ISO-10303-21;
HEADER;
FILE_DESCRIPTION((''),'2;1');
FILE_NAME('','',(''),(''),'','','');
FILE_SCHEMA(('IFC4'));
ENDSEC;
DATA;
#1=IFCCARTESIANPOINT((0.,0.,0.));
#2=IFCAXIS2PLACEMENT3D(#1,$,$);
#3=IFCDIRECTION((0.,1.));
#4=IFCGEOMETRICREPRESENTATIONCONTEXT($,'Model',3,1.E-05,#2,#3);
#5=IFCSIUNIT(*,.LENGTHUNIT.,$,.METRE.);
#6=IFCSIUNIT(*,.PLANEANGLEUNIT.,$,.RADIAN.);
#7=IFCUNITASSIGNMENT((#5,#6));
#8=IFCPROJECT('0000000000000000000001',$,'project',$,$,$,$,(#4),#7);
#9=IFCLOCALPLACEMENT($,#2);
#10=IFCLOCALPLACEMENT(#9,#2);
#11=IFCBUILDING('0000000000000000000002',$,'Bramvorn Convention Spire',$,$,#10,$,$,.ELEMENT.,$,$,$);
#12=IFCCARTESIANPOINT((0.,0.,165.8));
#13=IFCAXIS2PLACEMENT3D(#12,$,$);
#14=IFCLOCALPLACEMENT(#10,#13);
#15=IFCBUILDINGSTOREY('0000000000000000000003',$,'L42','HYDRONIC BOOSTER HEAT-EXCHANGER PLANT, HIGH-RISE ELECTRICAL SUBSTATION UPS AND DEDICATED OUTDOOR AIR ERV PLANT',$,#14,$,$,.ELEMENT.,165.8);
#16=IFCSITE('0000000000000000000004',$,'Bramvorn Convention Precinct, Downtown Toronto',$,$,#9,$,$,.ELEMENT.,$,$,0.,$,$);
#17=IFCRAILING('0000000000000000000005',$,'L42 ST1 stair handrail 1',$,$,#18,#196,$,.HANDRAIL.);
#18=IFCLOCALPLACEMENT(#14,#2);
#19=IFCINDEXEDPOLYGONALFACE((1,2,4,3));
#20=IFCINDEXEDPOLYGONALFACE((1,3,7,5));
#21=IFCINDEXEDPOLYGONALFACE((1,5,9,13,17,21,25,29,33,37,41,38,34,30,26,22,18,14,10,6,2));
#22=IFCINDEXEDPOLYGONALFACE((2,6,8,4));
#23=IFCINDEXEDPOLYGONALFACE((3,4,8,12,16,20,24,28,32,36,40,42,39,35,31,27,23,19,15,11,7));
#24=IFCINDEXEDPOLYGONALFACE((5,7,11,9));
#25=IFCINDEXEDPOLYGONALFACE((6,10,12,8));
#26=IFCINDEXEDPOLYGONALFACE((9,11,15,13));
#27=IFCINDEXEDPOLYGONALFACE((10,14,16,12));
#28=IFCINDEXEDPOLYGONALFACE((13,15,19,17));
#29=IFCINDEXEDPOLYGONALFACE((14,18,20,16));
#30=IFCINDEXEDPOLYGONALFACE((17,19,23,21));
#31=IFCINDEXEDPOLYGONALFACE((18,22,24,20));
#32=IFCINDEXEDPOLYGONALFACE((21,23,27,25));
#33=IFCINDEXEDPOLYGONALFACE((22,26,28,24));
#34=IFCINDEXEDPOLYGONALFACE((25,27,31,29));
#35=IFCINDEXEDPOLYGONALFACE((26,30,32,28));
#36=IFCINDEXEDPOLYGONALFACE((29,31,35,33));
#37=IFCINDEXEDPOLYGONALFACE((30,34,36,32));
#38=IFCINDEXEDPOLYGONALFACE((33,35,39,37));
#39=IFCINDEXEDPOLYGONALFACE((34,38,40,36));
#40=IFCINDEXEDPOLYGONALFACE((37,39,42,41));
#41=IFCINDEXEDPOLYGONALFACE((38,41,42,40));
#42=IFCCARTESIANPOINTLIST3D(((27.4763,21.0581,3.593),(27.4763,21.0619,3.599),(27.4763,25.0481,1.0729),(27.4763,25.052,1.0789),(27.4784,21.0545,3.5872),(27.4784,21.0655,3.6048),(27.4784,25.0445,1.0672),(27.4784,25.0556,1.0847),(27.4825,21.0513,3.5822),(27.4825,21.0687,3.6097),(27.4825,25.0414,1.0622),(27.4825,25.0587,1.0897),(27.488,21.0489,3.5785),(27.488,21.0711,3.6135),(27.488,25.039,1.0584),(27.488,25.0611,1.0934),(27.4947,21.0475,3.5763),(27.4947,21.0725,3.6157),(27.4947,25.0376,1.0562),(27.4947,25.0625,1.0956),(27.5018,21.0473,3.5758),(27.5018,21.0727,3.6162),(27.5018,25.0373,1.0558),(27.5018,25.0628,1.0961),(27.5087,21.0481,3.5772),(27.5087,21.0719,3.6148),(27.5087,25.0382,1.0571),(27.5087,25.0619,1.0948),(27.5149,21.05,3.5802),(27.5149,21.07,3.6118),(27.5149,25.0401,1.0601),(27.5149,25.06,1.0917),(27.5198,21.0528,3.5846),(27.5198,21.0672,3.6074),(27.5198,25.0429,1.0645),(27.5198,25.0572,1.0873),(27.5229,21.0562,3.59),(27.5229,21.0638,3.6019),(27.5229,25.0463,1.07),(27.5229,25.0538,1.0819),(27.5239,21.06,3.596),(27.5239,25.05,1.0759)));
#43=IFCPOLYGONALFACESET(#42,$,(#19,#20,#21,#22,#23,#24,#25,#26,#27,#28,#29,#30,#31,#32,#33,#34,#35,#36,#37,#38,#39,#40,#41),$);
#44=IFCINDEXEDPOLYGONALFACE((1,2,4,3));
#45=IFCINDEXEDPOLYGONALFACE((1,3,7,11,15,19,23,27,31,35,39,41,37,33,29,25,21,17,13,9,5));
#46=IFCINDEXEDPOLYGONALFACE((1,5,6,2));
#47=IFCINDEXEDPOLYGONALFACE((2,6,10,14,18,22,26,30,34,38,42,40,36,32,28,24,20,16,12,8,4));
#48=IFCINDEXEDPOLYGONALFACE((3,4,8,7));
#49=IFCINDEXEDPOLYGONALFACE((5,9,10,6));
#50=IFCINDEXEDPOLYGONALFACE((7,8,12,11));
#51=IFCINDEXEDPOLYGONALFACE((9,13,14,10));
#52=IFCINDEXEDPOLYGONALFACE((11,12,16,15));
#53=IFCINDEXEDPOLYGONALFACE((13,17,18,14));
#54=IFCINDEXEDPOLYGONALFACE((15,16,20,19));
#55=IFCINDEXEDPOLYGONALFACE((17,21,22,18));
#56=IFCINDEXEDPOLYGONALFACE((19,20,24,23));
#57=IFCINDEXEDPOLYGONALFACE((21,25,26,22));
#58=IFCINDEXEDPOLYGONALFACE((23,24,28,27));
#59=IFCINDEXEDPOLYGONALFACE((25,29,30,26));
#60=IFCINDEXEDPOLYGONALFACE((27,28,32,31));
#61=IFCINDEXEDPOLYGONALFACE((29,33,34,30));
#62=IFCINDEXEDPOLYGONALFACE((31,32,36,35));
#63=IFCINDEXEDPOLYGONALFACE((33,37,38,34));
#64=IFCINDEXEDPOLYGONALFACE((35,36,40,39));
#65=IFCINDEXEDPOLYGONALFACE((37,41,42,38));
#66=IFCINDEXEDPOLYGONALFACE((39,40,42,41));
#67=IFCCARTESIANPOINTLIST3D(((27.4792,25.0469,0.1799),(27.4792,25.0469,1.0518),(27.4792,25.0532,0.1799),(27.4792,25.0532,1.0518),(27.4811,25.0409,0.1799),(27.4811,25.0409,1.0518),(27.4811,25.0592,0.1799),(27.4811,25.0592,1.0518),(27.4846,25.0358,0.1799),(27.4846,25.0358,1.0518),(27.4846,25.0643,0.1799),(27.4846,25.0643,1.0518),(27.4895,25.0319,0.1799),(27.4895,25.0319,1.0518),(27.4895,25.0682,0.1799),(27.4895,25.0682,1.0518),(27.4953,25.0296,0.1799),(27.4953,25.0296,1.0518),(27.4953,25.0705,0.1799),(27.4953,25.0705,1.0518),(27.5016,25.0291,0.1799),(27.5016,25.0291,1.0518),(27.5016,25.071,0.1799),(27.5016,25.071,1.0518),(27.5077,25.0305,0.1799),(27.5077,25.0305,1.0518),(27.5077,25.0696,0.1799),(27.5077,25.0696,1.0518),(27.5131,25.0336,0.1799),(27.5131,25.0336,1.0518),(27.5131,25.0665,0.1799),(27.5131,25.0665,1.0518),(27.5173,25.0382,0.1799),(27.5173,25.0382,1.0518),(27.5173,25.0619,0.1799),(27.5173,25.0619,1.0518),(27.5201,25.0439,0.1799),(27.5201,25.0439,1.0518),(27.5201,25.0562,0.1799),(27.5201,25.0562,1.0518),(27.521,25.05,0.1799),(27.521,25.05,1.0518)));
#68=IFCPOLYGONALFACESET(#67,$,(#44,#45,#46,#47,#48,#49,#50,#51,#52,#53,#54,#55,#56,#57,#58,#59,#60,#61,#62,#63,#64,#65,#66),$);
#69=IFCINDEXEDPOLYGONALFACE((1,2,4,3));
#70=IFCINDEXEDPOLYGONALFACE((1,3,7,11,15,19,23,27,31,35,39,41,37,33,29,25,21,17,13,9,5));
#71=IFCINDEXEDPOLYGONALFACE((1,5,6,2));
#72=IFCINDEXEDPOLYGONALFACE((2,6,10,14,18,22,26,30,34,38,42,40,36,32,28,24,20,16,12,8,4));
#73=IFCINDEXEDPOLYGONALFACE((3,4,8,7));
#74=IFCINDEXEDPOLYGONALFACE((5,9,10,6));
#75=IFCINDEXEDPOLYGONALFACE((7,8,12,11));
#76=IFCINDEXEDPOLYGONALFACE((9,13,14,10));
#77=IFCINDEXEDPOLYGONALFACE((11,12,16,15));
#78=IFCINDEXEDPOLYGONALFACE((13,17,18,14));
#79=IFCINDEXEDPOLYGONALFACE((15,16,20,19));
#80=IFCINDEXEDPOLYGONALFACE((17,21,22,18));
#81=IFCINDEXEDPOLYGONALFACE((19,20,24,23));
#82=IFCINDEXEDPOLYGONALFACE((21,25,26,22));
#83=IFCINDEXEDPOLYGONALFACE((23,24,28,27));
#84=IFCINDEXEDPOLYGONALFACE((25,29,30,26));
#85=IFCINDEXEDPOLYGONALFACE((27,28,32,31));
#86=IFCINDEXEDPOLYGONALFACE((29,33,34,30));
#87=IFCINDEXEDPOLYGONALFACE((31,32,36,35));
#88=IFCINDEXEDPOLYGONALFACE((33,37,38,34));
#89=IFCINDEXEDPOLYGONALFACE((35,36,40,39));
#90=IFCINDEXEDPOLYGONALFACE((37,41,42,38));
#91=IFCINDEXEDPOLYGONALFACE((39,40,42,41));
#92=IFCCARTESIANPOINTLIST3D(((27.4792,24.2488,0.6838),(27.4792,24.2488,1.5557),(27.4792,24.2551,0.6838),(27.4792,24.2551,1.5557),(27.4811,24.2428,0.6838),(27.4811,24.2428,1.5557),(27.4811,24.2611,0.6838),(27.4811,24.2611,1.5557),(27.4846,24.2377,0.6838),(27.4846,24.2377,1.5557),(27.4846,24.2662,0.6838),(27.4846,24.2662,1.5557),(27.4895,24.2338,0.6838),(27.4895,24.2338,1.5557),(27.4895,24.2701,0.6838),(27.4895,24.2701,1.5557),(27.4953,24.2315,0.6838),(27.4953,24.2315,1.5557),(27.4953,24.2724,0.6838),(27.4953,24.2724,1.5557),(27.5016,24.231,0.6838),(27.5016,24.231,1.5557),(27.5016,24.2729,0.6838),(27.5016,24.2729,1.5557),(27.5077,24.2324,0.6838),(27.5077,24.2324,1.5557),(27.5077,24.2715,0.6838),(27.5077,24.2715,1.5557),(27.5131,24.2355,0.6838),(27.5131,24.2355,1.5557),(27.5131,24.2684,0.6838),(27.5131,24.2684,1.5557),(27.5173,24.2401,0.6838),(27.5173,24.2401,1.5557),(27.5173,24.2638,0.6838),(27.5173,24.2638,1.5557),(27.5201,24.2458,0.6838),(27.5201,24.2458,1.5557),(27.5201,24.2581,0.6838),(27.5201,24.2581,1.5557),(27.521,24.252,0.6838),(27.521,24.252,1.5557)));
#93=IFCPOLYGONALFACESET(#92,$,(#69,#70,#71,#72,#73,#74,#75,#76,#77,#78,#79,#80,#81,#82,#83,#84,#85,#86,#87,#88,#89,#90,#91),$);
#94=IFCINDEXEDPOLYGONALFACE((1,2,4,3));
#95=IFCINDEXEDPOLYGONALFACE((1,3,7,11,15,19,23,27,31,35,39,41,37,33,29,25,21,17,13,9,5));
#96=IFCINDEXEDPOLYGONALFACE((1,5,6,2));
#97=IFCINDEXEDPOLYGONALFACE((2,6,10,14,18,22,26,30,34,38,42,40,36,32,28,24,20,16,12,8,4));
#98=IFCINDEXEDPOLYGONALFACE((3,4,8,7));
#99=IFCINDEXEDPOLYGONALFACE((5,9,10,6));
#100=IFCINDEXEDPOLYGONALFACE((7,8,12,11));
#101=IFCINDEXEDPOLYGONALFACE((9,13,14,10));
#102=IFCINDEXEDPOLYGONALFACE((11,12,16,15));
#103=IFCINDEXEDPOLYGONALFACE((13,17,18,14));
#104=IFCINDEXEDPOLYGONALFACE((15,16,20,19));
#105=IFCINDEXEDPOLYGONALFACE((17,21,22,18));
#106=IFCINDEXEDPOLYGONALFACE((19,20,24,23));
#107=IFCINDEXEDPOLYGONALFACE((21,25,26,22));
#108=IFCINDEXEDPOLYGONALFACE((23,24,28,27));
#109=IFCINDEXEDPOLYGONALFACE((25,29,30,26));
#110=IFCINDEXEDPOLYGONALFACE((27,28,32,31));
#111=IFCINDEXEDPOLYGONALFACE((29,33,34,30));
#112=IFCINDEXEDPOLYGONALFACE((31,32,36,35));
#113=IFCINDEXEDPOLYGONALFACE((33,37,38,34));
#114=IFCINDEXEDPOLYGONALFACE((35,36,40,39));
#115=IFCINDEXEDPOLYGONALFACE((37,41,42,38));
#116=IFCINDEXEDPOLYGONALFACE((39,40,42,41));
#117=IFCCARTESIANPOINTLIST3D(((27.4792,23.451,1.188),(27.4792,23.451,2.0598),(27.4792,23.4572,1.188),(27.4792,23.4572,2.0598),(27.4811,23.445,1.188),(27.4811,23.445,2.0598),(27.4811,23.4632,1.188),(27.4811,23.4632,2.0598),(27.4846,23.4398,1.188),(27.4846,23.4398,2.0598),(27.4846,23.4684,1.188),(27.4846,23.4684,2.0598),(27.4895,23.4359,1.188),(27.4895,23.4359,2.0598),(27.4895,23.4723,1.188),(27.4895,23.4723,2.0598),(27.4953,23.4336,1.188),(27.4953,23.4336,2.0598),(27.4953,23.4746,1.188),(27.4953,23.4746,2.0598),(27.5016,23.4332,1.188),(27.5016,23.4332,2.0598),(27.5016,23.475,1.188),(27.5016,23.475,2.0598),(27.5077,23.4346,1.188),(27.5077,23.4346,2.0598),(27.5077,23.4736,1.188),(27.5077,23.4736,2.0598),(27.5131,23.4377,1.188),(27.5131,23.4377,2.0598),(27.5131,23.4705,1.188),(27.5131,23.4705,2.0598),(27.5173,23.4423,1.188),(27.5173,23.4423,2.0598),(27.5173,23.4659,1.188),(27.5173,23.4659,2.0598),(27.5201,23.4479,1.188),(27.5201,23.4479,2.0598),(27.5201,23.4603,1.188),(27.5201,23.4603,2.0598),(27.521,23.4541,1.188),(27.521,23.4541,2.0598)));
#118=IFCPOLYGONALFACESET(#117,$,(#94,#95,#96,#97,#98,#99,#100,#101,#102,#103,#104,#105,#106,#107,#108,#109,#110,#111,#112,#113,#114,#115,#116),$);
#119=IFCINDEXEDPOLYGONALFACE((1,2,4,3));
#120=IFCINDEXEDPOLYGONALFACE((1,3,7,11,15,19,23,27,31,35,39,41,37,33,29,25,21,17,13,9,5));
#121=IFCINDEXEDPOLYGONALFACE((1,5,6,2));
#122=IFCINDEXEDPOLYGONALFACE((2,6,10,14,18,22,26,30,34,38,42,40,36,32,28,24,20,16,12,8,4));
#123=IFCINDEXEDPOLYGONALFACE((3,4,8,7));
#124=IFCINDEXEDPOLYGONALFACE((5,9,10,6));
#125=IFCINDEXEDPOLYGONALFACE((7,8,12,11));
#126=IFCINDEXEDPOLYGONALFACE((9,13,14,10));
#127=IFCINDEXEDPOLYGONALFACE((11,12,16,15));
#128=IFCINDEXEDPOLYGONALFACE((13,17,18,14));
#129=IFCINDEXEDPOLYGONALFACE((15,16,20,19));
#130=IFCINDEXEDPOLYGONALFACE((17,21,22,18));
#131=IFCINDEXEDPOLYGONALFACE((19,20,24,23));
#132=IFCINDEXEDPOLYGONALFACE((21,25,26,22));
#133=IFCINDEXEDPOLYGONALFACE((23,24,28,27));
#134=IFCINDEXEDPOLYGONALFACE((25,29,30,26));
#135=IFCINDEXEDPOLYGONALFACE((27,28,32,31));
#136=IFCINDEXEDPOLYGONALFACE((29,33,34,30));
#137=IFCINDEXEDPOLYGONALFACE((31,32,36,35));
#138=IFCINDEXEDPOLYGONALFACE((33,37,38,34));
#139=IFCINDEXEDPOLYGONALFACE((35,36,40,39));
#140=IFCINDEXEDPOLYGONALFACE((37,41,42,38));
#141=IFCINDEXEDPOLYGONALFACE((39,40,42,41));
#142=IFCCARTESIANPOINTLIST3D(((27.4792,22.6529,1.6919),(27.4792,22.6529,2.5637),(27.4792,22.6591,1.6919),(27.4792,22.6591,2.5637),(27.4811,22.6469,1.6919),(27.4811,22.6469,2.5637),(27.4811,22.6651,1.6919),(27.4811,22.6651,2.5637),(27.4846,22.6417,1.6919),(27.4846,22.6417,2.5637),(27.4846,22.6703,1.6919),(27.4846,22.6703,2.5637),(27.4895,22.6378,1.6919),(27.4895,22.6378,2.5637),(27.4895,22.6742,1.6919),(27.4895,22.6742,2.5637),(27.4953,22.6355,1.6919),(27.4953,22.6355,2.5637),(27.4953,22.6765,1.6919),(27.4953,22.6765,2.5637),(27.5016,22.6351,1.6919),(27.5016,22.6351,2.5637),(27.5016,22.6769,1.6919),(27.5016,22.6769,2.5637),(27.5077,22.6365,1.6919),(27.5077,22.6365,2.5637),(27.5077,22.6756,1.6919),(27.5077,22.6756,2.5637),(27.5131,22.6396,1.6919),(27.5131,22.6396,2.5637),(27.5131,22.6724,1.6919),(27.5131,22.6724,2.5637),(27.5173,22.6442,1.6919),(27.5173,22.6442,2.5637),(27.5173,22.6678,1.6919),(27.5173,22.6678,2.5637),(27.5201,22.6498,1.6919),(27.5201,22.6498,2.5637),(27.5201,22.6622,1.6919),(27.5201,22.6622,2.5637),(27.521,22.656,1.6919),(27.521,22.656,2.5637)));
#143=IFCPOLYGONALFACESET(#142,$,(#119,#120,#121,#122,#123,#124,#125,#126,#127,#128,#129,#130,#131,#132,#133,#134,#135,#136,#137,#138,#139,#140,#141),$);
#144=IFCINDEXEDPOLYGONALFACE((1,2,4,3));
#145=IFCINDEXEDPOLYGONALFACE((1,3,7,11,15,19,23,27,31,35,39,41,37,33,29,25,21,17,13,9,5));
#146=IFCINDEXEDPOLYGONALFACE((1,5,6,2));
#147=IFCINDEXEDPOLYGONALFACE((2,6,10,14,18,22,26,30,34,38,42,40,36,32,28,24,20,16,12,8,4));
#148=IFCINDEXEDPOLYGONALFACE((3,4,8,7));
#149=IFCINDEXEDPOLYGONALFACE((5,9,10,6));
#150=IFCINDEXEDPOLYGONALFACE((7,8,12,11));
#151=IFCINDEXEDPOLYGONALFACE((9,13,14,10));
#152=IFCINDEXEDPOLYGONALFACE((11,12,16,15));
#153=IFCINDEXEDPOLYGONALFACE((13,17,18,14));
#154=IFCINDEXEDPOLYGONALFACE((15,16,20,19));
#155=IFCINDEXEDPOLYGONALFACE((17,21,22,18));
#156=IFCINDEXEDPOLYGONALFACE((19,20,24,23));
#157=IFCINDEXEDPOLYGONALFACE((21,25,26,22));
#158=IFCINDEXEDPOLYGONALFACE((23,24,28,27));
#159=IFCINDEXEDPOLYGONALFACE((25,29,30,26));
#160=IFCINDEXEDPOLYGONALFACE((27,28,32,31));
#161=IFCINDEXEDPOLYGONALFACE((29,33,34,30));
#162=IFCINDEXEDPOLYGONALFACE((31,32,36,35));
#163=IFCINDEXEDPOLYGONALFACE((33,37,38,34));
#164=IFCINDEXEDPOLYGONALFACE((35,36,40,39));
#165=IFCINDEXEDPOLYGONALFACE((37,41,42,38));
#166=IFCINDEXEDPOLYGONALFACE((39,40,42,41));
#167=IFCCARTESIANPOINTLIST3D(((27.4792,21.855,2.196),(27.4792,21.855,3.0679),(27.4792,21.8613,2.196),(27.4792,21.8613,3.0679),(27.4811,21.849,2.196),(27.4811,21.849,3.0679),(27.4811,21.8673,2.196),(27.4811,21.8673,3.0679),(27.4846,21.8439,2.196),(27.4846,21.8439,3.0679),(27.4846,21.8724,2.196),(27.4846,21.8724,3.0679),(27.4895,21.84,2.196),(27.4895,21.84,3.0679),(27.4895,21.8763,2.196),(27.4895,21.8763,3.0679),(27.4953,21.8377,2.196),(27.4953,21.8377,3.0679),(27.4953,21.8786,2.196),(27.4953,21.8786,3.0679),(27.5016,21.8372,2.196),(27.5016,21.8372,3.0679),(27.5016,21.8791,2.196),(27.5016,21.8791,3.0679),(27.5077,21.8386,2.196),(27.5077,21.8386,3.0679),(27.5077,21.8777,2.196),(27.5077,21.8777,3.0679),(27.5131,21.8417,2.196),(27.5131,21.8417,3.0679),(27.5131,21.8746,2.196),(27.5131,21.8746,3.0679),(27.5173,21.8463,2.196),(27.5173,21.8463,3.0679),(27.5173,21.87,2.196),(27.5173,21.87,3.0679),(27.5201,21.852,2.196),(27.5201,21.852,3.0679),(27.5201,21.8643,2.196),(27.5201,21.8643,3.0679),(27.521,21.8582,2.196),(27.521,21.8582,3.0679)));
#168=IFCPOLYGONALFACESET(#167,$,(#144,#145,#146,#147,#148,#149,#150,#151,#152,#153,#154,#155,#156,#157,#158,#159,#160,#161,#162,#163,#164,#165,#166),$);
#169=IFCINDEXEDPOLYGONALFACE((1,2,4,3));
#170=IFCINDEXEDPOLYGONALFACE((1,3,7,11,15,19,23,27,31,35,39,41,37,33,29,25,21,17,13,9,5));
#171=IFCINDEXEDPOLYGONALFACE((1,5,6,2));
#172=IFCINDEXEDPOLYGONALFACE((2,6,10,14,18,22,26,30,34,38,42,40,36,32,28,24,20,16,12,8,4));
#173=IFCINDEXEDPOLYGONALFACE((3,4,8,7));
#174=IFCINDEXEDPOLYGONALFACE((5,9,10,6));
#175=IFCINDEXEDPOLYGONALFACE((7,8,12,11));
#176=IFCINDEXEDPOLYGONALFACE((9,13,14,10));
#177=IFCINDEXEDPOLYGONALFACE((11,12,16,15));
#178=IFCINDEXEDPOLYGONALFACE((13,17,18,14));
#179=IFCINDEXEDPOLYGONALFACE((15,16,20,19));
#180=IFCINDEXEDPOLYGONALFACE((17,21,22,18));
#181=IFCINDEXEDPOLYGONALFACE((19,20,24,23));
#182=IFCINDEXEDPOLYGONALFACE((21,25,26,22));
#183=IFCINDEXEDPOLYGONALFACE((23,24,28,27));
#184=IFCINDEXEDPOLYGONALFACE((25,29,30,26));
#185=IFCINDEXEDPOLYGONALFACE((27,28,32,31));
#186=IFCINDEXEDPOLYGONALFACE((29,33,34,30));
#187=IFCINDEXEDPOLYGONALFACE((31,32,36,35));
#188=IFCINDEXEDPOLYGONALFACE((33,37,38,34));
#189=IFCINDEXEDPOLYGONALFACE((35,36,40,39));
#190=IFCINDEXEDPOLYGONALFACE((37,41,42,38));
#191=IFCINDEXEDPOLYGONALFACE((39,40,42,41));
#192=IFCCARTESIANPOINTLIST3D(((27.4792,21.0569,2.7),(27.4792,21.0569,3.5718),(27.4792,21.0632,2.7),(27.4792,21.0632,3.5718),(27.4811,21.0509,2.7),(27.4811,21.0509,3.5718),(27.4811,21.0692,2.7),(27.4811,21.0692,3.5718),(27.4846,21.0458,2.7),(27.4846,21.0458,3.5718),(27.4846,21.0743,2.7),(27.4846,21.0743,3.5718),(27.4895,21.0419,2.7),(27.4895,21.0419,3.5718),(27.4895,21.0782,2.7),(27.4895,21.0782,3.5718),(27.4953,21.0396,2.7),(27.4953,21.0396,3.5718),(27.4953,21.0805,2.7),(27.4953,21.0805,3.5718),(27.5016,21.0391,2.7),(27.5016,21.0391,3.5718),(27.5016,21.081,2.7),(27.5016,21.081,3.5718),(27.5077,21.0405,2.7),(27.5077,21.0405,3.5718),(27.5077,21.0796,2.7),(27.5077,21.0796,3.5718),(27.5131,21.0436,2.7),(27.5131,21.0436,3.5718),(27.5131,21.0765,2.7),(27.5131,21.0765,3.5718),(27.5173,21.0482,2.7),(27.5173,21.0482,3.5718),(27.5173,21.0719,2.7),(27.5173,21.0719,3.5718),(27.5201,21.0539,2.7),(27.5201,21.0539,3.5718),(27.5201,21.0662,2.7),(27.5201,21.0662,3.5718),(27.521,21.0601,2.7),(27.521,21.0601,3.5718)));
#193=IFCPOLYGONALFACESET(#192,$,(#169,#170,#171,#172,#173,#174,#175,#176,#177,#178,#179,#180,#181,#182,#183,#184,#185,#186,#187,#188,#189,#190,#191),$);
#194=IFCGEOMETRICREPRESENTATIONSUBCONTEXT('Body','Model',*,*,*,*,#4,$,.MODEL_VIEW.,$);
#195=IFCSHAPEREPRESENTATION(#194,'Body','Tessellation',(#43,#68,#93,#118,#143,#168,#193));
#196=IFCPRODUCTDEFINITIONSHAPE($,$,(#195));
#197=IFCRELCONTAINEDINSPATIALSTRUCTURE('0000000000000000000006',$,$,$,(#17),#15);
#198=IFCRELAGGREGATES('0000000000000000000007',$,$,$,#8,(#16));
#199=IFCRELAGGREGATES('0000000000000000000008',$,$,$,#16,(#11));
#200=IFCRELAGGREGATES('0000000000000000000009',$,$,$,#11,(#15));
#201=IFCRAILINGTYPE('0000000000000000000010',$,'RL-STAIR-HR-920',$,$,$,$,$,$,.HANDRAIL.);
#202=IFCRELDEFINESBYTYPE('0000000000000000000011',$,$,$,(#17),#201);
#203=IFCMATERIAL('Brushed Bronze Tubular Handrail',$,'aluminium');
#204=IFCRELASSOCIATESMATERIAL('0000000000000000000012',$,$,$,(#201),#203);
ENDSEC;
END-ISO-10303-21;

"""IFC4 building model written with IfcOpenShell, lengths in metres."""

from ifc_helpers import new_model, si_unit, direction, frame, origin, origin_2d, place, context, subcontext, project, spatial, circle, extrude, material, type_object, element, save


model = new_model("IFC4")

# Units and contexts
model_context = context("Model", 3, precision=1e-05, world=origin(), true_north=direction((0.0, 1.0)))
body_context = subcontext(model_context, "Body", "Model", "MODEL_VIEW")
ifc_project = project(units=[si_unit("LENGTHUNIT", "METRE"), si_unit("PLANEANGLEUNIT", "RADIAN")], contexts=[model_context])

# Site, building, storey
site_placement = place(None, origin())
site = spatial("IfcSite", under=ifc_project, at=site_placement, Name="Bramvorn Convention Precinct, Downtown Toronto", CompositionType="ELEMENT", RefElevation=0.0)
building_placement = place(site_placement, origin())
building = spatial("IfcBuilding", under=site, at=building_placement, Name="Bramvorn Convention Spire", CompositionType="ELEMENT")
storey_placement = place(building_placement, frame((0.0, 0.0, 165.8)))
storey = spatial("IfcBuildingStorey", under=building, at=storey_placement, Name="L42", Description="HYDRONIC BOOSTER HEAT-EXCHANGER PLANT, HIGH-RISE ELECTRICAL SUBSTATION UPS AND DEDICATED OUTDOOR AIR ERV PLANT", CompositionType="ELEMENT", Elevation=165.8)

# Railing
ifc_material_1 = material(Name="Brushed Bronze Tubular Handrail", Category="aluminium")
railing_type_1 = type_object("IfcRailingType", Name="RL-STAIR-HR-920", PredefinedType="HANDRAIL", material=ifc_material_1)
railing_1_placement = place(storey_placement, frame((27.5, 25.05, 0.1799)))
element("IfcRailing", 1, at=railing_1_placement, inside=storey, type_object=railing_type_1, Name="L42 ST1 stair handrail 1", PredefinedType="HANDRAIL", context=body_context, shape_type="SweptSolid", body=[
    extrude(circle(Radius=0.0239, at=origin_2d()), frame((0.0, 0.0, 0.896), z_axis=(0.0, -0.845486, 0.533997), x_axis=(1.0, 0.0, 0.0)), (0.0, 0.0, 1.0), 4.7192),
    extrude(circle(Radius=0.021, at=origin_2d()), origin(), (0.0, 0.0, 1.0), 0.8718),
    extrude(circle(Radius=0.021, at=origin_2d()), frame((0.0, -0.7981, 0.5039)), (0.0, 0.0, 1.0), 0.8718),
    extrude(circle(Radius=0.021, at=origin_2d()), frame((0.0, -1.5959, 1.0081)), (0.0, 0.0, 1.0), 0.8718),
    extrude(circle(Radius=0.021, at=origin_2d()), frame((0.0, -2.394, 1.512)), (0.0, 0.0, 1.0), 0.8718),
    extrude(circle(Radius=0.021, at=origin_2d()), frame((0.0, -3.1919, 2.0161)), (0.0, 0.0, 1.0), 0.8718),
    extrude(circle(Radius=0.021, at=origin_2d()), frame((0.0, -3.99, 2.52)), (0.0, 0.0, 1.0), 0.8718),
])

save(model, "model.ifc")
